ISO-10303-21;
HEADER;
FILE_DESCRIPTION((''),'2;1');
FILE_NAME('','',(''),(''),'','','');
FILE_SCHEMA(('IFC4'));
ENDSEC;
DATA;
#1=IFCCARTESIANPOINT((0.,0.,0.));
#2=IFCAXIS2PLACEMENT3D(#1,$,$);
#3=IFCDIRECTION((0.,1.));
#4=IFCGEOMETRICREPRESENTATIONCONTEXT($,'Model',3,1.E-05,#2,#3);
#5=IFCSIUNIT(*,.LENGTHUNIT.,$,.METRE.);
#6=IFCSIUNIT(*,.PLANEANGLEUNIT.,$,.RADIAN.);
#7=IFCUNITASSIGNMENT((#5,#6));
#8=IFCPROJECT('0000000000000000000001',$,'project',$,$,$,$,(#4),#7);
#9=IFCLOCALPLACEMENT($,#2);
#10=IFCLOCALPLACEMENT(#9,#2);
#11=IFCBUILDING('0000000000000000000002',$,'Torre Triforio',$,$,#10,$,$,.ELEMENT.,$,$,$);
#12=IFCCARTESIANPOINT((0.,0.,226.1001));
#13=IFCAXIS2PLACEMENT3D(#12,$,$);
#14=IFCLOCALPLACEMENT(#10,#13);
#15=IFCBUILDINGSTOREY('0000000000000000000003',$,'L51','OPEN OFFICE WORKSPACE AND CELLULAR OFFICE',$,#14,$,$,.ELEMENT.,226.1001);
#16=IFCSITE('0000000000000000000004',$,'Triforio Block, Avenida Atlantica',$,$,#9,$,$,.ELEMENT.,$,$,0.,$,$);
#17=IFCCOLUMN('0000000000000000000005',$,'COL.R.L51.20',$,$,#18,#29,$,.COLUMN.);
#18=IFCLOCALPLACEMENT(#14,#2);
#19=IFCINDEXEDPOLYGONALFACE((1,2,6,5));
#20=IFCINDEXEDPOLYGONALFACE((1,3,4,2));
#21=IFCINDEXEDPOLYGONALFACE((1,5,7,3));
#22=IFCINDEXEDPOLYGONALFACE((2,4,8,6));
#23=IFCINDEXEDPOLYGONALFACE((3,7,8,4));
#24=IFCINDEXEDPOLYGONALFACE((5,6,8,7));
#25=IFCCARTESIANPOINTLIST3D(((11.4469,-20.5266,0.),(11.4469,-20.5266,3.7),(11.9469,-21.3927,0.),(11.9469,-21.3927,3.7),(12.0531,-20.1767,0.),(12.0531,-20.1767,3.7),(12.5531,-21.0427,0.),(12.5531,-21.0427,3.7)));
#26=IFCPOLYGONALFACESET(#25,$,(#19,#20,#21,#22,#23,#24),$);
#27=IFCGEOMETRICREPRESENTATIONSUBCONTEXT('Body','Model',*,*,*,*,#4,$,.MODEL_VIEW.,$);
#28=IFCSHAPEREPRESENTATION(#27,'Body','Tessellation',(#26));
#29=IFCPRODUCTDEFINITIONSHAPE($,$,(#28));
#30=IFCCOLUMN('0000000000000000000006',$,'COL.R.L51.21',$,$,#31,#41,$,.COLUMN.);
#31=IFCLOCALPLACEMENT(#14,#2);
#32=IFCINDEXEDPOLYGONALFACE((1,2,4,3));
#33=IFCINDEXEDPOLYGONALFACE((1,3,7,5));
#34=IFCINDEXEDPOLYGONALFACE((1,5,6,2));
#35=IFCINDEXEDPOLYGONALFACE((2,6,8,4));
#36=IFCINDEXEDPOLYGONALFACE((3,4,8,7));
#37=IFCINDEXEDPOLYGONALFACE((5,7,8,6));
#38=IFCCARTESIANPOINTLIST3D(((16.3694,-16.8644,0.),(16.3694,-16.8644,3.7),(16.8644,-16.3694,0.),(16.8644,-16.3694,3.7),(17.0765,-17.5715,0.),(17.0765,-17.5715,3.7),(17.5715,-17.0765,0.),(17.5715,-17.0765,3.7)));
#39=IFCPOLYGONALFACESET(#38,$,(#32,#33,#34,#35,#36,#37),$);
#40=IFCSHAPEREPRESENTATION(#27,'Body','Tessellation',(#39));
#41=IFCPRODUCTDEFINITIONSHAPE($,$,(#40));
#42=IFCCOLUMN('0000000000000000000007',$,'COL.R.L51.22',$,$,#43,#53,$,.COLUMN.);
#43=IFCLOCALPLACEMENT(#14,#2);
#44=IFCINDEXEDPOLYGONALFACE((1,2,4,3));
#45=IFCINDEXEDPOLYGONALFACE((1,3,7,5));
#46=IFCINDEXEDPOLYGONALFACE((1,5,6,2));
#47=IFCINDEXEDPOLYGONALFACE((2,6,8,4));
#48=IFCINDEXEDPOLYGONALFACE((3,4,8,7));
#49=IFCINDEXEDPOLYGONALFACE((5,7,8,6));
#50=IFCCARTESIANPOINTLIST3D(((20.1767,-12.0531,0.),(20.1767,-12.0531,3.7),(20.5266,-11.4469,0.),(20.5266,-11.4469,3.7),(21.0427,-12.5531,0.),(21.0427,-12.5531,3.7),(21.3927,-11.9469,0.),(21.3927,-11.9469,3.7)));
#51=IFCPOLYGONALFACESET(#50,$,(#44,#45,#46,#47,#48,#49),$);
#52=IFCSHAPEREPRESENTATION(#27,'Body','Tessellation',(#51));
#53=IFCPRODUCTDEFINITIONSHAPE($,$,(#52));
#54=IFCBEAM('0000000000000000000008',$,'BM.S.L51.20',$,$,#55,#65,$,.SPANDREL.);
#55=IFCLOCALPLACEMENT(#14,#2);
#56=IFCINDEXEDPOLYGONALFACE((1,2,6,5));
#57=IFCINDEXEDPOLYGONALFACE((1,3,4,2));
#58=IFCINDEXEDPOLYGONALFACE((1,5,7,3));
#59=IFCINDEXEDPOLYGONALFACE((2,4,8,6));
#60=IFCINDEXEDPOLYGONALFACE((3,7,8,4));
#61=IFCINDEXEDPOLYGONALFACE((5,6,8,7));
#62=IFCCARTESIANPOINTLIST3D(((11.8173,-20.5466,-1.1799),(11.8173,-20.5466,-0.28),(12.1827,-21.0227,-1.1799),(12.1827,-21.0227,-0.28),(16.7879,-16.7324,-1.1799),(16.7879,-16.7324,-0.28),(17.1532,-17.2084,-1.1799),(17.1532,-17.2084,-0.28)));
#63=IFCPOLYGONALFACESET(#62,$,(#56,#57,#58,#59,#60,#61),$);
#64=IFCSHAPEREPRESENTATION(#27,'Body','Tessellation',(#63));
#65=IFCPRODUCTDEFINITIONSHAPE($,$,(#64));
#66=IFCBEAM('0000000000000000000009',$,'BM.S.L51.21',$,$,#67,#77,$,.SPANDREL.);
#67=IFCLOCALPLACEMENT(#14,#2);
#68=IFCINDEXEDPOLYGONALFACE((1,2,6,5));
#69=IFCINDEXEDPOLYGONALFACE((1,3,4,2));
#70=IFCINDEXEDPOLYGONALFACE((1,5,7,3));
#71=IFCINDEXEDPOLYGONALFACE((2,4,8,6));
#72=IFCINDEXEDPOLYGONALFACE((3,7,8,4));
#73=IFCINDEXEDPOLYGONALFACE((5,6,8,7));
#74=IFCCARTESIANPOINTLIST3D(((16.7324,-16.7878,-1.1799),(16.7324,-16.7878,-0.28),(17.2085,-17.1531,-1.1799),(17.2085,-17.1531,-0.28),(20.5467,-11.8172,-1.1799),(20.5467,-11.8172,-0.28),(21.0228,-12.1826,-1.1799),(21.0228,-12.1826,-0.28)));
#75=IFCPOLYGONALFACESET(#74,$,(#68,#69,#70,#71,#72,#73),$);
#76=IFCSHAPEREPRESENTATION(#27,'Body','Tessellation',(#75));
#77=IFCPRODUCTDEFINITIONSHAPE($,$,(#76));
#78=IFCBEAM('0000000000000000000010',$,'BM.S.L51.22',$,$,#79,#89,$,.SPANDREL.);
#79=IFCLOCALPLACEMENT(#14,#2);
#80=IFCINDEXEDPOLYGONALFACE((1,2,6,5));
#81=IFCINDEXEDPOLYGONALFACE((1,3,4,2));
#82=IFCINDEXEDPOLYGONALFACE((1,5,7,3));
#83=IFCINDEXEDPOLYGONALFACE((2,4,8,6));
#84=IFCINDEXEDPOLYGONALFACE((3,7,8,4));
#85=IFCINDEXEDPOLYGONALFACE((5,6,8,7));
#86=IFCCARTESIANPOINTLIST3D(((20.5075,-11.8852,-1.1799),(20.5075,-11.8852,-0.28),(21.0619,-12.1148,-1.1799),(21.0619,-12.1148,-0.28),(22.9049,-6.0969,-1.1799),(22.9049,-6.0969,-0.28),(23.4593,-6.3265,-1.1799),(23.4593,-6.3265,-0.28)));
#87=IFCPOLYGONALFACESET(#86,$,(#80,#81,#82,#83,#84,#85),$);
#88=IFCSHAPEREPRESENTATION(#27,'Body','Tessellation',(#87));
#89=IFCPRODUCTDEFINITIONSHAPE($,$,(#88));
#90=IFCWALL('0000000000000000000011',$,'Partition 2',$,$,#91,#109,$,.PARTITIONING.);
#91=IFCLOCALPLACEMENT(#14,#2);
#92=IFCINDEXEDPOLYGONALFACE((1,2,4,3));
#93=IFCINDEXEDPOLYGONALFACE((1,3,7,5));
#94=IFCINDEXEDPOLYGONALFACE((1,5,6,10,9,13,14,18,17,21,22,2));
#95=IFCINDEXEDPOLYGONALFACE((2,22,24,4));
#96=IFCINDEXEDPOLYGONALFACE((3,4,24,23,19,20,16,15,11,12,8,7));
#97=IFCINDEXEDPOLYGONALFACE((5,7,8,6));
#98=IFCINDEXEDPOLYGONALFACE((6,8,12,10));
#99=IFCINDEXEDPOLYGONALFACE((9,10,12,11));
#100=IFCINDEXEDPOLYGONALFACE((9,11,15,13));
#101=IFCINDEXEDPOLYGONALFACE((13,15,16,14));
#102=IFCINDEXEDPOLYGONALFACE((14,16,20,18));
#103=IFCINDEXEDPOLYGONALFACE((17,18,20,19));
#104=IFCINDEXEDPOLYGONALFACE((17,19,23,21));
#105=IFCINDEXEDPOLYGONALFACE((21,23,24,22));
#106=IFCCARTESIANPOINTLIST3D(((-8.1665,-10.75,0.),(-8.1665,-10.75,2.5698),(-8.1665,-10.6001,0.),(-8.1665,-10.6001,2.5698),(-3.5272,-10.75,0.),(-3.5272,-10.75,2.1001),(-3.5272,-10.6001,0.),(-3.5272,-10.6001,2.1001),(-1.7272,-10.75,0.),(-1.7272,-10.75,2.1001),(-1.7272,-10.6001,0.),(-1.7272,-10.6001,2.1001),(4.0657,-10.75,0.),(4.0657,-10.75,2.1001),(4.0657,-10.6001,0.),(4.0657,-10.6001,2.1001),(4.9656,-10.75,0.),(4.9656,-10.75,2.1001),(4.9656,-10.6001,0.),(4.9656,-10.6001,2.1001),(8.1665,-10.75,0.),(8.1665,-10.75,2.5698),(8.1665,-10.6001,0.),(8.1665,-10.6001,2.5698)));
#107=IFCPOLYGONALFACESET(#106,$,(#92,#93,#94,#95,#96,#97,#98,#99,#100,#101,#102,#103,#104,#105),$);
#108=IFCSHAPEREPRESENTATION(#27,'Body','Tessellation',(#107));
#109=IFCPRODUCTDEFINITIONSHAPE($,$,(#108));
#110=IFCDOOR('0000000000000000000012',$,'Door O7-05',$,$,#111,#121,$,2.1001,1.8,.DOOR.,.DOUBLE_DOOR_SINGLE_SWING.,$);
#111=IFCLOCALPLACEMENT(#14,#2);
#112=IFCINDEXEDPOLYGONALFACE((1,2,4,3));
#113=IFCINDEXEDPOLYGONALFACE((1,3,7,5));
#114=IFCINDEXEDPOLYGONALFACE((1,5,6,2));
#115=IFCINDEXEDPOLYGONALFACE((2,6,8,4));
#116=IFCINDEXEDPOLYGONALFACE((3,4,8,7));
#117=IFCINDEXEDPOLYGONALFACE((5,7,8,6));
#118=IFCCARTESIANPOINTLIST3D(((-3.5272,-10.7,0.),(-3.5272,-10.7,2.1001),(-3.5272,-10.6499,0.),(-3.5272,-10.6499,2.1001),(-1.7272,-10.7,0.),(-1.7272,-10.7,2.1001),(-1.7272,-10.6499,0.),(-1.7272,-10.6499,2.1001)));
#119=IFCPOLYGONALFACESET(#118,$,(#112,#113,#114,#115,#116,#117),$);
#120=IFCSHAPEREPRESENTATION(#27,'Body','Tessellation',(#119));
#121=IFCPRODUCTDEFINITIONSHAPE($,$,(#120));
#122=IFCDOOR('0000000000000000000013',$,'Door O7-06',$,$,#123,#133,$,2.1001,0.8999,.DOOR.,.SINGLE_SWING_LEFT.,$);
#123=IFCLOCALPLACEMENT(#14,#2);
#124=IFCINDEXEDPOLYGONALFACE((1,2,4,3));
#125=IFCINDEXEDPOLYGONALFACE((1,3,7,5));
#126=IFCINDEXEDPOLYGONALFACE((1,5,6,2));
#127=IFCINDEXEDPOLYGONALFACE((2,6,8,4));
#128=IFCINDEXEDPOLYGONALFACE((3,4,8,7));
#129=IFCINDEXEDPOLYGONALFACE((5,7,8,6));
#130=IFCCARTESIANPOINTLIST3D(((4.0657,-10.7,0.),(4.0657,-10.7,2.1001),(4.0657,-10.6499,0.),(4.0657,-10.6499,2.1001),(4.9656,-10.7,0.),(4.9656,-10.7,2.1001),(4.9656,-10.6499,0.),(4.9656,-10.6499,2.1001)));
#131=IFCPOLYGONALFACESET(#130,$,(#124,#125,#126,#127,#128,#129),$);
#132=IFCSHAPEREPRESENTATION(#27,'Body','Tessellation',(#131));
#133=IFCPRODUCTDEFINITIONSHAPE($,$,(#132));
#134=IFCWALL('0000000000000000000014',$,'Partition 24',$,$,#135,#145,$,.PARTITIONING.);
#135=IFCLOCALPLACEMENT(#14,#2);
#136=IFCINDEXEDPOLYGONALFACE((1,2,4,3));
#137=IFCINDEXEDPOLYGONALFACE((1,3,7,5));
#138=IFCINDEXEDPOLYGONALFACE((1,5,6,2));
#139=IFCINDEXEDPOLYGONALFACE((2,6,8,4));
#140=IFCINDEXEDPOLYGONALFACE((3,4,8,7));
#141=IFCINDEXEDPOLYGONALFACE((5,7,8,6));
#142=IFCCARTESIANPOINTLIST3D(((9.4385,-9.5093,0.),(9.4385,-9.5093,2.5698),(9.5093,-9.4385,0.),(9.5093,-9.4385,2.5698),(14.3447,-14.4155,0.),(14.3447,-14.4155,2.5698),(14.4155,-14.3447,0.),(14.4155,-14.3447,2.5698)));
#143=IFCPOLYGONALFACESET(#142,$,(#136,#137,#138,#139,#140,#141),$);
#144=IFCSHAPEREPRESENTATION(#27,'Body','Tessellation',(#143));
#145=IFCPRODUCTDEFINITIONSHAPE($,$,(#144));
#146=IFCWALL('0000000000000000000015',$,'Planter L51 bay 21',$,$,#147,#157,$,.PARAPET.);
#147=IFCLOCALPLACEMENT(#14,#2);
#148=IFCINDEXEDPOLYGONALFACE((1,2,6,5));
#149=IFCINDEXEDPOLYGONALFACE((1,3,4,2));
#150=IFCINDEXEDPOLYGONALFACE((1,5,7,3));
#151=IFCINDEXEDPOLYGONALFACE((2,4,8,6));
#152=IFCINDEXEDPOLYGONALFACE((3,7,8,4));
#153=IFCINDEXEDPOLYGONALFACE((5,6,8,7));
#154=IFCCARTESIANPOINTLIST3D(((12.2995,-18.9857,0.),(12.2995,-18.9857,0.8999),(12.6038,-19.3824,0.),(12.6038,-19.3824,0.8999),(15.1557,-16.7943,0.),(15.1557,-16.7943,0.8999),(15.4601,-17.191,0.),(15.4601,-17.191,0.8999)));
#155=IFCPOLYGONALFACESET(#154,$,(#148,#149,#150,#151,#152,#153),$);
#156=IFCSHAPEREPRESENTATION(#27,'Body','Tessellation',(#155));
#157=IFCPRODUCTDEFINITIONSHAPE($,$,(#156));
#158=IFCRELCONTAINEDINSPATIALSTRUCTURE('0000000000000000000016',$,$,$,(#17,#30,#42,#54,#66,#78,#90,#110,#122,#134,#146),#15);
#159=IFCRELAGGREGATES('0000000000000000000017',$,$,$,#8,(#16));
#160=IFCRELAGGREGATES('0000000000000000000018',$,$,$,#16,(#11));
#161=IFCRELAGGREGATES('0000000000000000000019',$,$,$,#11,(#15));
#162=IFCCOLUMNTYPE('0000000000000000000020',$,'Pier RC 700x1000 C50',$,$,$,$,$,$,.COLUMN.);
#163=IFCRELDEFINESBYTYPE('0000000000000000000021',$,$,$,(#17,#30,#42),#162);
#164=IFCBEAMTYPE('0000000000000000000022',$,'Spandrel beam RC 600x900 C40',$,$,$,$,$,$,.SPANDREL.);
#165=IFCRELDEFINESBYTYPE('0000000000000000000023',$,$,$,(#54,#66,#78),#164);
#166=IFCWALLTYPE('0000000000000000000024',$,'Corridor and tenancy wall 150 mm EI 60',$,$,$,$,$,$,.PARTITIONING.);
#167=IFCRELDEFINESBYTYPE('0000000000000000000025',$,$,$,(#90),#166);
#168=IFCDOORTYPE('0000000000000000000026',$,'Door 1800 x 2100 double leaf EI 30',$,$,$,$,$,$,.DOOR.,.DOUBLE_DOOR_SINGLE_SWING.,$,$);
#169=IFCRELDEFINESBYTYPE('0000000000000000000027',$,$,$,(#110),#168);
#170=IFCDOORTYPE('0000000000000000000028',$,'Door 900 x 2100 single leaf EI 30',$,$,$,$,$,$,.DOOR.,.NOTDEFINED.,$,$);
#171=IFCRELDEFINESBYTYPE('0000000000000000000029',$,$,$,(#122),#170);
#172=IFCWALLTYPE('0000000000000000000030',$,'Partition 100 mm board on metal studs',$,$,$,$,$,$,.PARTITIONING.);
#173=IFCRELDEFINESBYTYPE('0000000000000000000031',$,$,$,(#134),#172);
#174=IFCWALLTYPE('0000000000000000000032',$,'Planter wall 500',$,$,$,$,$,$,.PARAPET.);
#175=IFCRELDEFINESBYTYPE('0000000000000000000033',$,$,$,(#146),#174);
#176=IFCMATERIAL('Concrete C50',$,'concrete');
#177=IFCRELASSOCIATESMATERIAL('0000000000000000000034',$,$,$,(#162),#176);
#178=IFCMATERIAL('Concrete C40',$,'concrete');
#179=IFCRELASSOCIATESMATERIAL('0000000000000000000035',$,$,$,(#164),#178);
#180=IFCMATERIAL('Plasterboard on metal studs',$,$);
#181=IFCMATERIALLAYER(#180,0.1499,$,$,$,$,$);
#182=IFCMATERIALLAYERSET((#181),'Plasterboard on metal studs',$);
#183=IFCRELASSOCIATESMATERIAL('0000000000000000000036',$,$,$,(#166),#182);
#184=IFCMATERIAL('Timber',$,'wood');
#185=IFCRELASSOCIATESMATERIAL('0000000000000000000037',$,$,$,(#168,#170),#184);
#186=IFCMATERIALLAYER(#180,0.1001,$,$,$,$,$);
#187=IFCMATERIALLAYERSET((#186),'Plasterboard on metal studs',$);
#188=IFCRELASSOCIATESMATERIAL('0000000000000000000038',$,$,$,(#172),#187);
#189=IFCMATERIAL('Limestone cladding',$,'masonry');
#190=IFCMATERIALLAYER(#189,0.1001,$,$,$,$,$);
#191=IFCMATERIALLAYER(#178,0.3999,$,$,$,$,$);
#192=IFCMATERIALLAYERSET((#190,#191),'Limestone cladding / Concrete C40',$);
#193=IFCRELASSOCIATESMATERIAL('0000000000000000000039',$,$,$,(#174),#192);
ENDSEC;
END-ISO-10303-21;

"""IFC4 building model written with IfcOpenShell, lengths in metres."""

from ifc_helpers import new_model, si_unit, direction, frame, frame_2d, origin, origin_2d, place, context, subcontext, project, spatial, rectangle, extrude, material, layer, layer_set, material_profile, profile_set, type_object, element, fill, save


model = new_model("IFC4")

# Units and contexts
model_context = context("Model", 3, precision=1e-05, world=origin(), true_north=direction((0.0, 1.0)))
body_context = subcontext(model_context, "Body", "Model", "MODEL_VIEW")
ifc_project = project(units=[si_unit("LENGTHUNIT", "METRE"), si_unit("PLANEANGLEUNIT", "RADIAN")], contexts=[model_context])

# Site, building, storey
site_placement = place(None, origin())
site = spatial("IfcSite", under=ifc_project, at=site_placement, Name="Triforio Block, Avenida Atlantica", CompositionType="ELEMENT", RefElevation=0.0)
building_placement = place(site_placement, origin())
building = spatial("IfcBuilding", under=site, at=building_placement, Name="Torre Triforio", CompositionType="ELEMENT")
storey_placement = place(building_placement, frame((0.0, 0.0, 226.1001)))
storey = spatial("IfcBuildingStorey", under=building, at=storey_placement, Name="L51", Description="OPEN OFFICE WORKSPACE AND CELLULAR OFFICE", CompositionType="ELEMENT", Elevation=226.1001)

# Columns
ifc_material_1 = material(Name="Concrete C50", Category="concrete")
ifc_material_profile_1 = material_profile(ifc_material_1, rectangle(XDim=0.7, YDim=1.0, at=origin_2d()), Name="RC 700x1000")
ifc_profile_set_1 = profile_set([ifc_material_profile_1], Name="Concrete C50")
column_type = type_object("IfcColumnType", Name="Pier RC 700x1000 C50", PredefinedType="COLUMN", material=ifc_profile_set_1)
for number, where, z_axis, x_axis, name in (
    (1, (12.0, -20.7847, 0.0), (0.0, 0.0, 1.0), (0.866025, 0.5, 0.0), "COL.R.L51.20"),
    (2, (16.9705, -16.9705, 0.0), (0.0, 0.0, 1.0), (0.707107, 0.707107, 0.0), "COL.R.L51.21"),
    (3, (20.7847, -12.0, 0.0), (0.0, 0.0, 1.0), (0.5, 0.866025, 0.0), "COL.R.L51.22"),
):
    element("IfcColumn", number, at=place(storey_placement, frame(where, z_axis=z_axis, x_axis=x_axis)), inside=storey, type_object=column_type, Name=name, PredefinedType="COLUMN", context=body_context, shape_type="SweptSolid", body=[
        extrude(rectangle(XDim=0.7, YDim=1.0, at=origin_2d()), origin(), (0.0, 0.0, 1.0), 3.7),
    ])

# Beams
ifc_material_2 = material(Name="Concrete C40", Category="concrete")
ifc_material_profile_2 = material_profile(ifc_material_2, rectangle(XDim=0.6001, YDim=0.8999, at=origin_2d()), Name="RC 600x900")
ifc_profile_set_2 = profile_set([ifc_material_profile_2], Name="Concrete C40")
beam_type = type_object("IfcBeamType", Name="Spandrel beam RC 600x900 C40", PredefinedType="SPANDREL", material=ifc_profile_set_2)
for number, where, z_axis, x_axis, name in (
    (4, (12.0, -20.7847, -0.73), (0.793335, 0.608786, 0.0), (-0.608786, 0.793335, 0.0), "BM.S.L51.20"),
    (5, (16.9705, -16.9705, -0.73), (0.608786, 0.793335, 0.0), (-0.793335, 0.608786, 0.0), "BM.S.L51.21"),
):
    element("IfcBeam", number, at=place(storey_placement, frame(where, z_axis=z_axis, x_axis=x_axis)), inside=storey, type_object=beam_type, Name=name, PredefinedType="SPANDREL", context=body_context, shape_type="SweptSolid", body=[
        extrude(rectangle(XDim=0.6001, YDim=0.8999, at=origin_2d()), origin(), (0.0, 0.0, 1.0), 6.2654),
    ])
beam_placement = place(storey_placement, frame((20.7847, -12.0, -0.73), z_axis=(0.382664, 0.923888, 0.0), x_axis=(-0.923888, 0.382664, 0.0)))
element("IfcBeam", 6, at=beam_placement, inside=storey, type_object=beam_type, Name="BM.S.L51.22", PredefinedType="SPANDREL", context=body_context, shape_type="SweptSolid", body=[
    extrude(rectangle(XDim=0.6001, YDim=0.8999, at=origin_2d()), origin(), (0.0, 0.0, 1.0), 6.2651),
])

# Wall, openings, doors
ifc_material_3 = material(Name="Plasterboard on metal studs")
ifc_layer_1 = layer(ifc_material_3, 0.1499)
ifc_layer_set_1 = layer_set([ifc_layer_1], Name="Plasterboard on metal studs")
wall_type_1 = type_object("IfcWallType", Name="Corridor and tenancy wall 150 mm EI 60", PredefinedType="PARTITIONING", material=ifc_layer_set_1)
wall_1_placement = place(storey_placement, frame((8.1665, -10.675, 0.0), z_axis=(0.0, 0.0, 1.0), x_axis=(-1.0, 0.0, 0.0)))
wall_1 = element("IfcWall", 7, at=wall_1_placement, inside=storey, type_object=wall_type_1, Name="Partition 2", PredefinedType="PARTITIONING", context=body_context, shape_type="SweptSolid", body=[
    extrude(rectangle(XDim=16.333, YDim=0.1499, at=frame_2d((8.1665, 0.0))), origin(), (0.0, 0.0, 1.0), 2.5698),
])
opening_1_placement = place(wall_1_placement, frame((9.8938, 0.0, 0.0)))
opening_1 = element("IfcOpeningElement", 8, at=opening_1_placement, cuts=wall_1, PredefinedType="OPENING", context=body_context, shape_type="SweptSolid", body=[
    extrude(rectangle(XDim=1.8, YDim=2.1001, at=frame_2d((0.8999, 1.05))), frame((0.0, 0.085, 0.0), z_axis=(0.0, -1.0, 0.0), x_axis=(1.0, 0.0, 0.0)), (0.0, 0.0, 1.0), 0.1699),
])
opening_2_placement = place(wall_1_placement, frame((3.2009, 0.0, 0.0)))
opening_2 = element("IfcOpeningElement", 9, at=opening_2_placement, cuts=wall_1, PredefinedType="OPENING", context=body_context, shape_type="SweptSolid", body=[
    extrude(rectangle(XDim=0.8999, YDim=2.1001, at=frame_2d((0.45, 1.05))), frame((0.0, 0.085, 0.0), z_axis=(0.0, -1.0, 0.0), x_axis=(1.0, 0.0, 0.0)), (0.0, 0.0, 1.0), 0.1699),
])
ifc_material_4 = material(Name="Timber", Category="wood")
door_type_1 = type_object("IfcDoorType", Name="Door 1800 x 2100 double leaf EI 30", OperationType="DOUBLE_DOOR_SINGLE_SWING", PredefinedType="DOOR", material=ifc_material_4)
door_1_placement = place(opening_1_placement, origin())
door_1 = element("IfcDoor", 10, at=door_1_placement, inside=storey, type_object=door_type_1, Name="Door O7-05", OperationType="DOUBLE_DOOR_SINGLE_SWING", OverallHeight=2.1001, OverallWidth=1.8, PredefinedType="DOOR", context=body_context, shape_type="SweptSolid", body=[
    extrude(rectangle(XDim=1.8, YDim=2.1001, at=frame_2d((0.8999, 1.05))), frame((0.0, 0.0249, 0.0), z_axis=(0.0, -1.0, 0.0), x_axis=(1.0, 0.0, 0.0)), (0.0, 0.0, 1.0), 0.05),
])
fill(opening_1, door_1)
door_type_2 = type_object("IfcDoorType", Name="Door 900 x 2100 single leaf EI 30", OperationType="NOTDEFINED", PredefinedType="DOOR", material=ifc_material_4)
door_2_placement = place(opening_2_placement, origin())
door_2 = element("IfcDoor", 11, at=door_2_placement, inside=storey, type_object=door_type_2, Name="Door O7-06", OperationType="SINGLE_SWING_LEFT", OverallHeight=2.1001, OverallWidth=0.8999, PredefinedType="DOOR", context=body_context, shape_type="SweptSolid", body=[
    extrude(rectangle(XDim=0.8999, YDim=2.1001, at=frame_2d((0.45, 1.05))), frame((0.0, 0.0249, 0.0), z_axis=(0.0, -1.0, 0.0), x_axis=(1.0, 0.0, 0.0)), (0.0, 0.0, 1.0), 0.05),
])
fill(opening_2, door_2)

# Walls
ifc_layer_2 = layer(ifc_material_3, 0.1001)
ifc_layer_set_2 = layer_set([ifc_layer_2], Name="Plasterboard on metal studs")
wall_type_2 = type_object("IfcWallType", Name="Partition 100 mm board on metal studs", PredefinedType="PARTITIONING", material=ifc_layer_set_2)
wall_2_placement = place(storey_placement, frame((9.4739, -9.4739, 0.0), z_axis=(0.0, 0.0, 1.0), x_axis=(0.707107, -0.707107, 0.0)))
element("IfcWall", 12, at=wall_2_placement, inside=storey, type_object=wall_type_2, Name="Partition 24", PredefinedType="PARTITIONING", context=body_context, shape_type="SweptSolid", body=[
    extrude(rectangle(XDim=6.9385, YDim=0.1001, at=frame_2d((3.4692, 0.0))), origin(), (0.0, 0.0, 1.0), 2.5698),
])
ifc_material_5 = material(Name="Limestone cladding", Category="masonry")
ifc_layer_3 = layer(ifc_material_5, 0.1001)
ifc_layer_4 = layer(ifc_material_2, 0.3999)
ifc_layer_set_3 = layer_set([ifc_layer_3, ifc_layer_4], Name="Limestone cladding / Concrete C40")
wall_type_3 = type_object("IfcWallType", Name="Planter wall 500", PredefinedType="PARAPET", material=ifc_layer_set_3)
wall_3_placement = place(storey_placement, frame((12.4517, -19.1841, 0.0), z_axis=(0.0, 0.0, 1.0), x_axis=(0.793385, 0.608721, 0.0)))
element("IfcWall", 13, at=wall_3_placement, inside=storey, type_object=wall_type_3, Name="Planter L51 bay 21", PredefinedType="PARAPET", context=body_context, shape_type="SweptSolid", body=[
    extrude(rectangle(XDim=3.6001, YDim=0.5, at=frame_2d((1.8, 0.0))), origin(), (0.0, 0.0, 1.0), 0.8999),
])

save(model, "model.ifc")
